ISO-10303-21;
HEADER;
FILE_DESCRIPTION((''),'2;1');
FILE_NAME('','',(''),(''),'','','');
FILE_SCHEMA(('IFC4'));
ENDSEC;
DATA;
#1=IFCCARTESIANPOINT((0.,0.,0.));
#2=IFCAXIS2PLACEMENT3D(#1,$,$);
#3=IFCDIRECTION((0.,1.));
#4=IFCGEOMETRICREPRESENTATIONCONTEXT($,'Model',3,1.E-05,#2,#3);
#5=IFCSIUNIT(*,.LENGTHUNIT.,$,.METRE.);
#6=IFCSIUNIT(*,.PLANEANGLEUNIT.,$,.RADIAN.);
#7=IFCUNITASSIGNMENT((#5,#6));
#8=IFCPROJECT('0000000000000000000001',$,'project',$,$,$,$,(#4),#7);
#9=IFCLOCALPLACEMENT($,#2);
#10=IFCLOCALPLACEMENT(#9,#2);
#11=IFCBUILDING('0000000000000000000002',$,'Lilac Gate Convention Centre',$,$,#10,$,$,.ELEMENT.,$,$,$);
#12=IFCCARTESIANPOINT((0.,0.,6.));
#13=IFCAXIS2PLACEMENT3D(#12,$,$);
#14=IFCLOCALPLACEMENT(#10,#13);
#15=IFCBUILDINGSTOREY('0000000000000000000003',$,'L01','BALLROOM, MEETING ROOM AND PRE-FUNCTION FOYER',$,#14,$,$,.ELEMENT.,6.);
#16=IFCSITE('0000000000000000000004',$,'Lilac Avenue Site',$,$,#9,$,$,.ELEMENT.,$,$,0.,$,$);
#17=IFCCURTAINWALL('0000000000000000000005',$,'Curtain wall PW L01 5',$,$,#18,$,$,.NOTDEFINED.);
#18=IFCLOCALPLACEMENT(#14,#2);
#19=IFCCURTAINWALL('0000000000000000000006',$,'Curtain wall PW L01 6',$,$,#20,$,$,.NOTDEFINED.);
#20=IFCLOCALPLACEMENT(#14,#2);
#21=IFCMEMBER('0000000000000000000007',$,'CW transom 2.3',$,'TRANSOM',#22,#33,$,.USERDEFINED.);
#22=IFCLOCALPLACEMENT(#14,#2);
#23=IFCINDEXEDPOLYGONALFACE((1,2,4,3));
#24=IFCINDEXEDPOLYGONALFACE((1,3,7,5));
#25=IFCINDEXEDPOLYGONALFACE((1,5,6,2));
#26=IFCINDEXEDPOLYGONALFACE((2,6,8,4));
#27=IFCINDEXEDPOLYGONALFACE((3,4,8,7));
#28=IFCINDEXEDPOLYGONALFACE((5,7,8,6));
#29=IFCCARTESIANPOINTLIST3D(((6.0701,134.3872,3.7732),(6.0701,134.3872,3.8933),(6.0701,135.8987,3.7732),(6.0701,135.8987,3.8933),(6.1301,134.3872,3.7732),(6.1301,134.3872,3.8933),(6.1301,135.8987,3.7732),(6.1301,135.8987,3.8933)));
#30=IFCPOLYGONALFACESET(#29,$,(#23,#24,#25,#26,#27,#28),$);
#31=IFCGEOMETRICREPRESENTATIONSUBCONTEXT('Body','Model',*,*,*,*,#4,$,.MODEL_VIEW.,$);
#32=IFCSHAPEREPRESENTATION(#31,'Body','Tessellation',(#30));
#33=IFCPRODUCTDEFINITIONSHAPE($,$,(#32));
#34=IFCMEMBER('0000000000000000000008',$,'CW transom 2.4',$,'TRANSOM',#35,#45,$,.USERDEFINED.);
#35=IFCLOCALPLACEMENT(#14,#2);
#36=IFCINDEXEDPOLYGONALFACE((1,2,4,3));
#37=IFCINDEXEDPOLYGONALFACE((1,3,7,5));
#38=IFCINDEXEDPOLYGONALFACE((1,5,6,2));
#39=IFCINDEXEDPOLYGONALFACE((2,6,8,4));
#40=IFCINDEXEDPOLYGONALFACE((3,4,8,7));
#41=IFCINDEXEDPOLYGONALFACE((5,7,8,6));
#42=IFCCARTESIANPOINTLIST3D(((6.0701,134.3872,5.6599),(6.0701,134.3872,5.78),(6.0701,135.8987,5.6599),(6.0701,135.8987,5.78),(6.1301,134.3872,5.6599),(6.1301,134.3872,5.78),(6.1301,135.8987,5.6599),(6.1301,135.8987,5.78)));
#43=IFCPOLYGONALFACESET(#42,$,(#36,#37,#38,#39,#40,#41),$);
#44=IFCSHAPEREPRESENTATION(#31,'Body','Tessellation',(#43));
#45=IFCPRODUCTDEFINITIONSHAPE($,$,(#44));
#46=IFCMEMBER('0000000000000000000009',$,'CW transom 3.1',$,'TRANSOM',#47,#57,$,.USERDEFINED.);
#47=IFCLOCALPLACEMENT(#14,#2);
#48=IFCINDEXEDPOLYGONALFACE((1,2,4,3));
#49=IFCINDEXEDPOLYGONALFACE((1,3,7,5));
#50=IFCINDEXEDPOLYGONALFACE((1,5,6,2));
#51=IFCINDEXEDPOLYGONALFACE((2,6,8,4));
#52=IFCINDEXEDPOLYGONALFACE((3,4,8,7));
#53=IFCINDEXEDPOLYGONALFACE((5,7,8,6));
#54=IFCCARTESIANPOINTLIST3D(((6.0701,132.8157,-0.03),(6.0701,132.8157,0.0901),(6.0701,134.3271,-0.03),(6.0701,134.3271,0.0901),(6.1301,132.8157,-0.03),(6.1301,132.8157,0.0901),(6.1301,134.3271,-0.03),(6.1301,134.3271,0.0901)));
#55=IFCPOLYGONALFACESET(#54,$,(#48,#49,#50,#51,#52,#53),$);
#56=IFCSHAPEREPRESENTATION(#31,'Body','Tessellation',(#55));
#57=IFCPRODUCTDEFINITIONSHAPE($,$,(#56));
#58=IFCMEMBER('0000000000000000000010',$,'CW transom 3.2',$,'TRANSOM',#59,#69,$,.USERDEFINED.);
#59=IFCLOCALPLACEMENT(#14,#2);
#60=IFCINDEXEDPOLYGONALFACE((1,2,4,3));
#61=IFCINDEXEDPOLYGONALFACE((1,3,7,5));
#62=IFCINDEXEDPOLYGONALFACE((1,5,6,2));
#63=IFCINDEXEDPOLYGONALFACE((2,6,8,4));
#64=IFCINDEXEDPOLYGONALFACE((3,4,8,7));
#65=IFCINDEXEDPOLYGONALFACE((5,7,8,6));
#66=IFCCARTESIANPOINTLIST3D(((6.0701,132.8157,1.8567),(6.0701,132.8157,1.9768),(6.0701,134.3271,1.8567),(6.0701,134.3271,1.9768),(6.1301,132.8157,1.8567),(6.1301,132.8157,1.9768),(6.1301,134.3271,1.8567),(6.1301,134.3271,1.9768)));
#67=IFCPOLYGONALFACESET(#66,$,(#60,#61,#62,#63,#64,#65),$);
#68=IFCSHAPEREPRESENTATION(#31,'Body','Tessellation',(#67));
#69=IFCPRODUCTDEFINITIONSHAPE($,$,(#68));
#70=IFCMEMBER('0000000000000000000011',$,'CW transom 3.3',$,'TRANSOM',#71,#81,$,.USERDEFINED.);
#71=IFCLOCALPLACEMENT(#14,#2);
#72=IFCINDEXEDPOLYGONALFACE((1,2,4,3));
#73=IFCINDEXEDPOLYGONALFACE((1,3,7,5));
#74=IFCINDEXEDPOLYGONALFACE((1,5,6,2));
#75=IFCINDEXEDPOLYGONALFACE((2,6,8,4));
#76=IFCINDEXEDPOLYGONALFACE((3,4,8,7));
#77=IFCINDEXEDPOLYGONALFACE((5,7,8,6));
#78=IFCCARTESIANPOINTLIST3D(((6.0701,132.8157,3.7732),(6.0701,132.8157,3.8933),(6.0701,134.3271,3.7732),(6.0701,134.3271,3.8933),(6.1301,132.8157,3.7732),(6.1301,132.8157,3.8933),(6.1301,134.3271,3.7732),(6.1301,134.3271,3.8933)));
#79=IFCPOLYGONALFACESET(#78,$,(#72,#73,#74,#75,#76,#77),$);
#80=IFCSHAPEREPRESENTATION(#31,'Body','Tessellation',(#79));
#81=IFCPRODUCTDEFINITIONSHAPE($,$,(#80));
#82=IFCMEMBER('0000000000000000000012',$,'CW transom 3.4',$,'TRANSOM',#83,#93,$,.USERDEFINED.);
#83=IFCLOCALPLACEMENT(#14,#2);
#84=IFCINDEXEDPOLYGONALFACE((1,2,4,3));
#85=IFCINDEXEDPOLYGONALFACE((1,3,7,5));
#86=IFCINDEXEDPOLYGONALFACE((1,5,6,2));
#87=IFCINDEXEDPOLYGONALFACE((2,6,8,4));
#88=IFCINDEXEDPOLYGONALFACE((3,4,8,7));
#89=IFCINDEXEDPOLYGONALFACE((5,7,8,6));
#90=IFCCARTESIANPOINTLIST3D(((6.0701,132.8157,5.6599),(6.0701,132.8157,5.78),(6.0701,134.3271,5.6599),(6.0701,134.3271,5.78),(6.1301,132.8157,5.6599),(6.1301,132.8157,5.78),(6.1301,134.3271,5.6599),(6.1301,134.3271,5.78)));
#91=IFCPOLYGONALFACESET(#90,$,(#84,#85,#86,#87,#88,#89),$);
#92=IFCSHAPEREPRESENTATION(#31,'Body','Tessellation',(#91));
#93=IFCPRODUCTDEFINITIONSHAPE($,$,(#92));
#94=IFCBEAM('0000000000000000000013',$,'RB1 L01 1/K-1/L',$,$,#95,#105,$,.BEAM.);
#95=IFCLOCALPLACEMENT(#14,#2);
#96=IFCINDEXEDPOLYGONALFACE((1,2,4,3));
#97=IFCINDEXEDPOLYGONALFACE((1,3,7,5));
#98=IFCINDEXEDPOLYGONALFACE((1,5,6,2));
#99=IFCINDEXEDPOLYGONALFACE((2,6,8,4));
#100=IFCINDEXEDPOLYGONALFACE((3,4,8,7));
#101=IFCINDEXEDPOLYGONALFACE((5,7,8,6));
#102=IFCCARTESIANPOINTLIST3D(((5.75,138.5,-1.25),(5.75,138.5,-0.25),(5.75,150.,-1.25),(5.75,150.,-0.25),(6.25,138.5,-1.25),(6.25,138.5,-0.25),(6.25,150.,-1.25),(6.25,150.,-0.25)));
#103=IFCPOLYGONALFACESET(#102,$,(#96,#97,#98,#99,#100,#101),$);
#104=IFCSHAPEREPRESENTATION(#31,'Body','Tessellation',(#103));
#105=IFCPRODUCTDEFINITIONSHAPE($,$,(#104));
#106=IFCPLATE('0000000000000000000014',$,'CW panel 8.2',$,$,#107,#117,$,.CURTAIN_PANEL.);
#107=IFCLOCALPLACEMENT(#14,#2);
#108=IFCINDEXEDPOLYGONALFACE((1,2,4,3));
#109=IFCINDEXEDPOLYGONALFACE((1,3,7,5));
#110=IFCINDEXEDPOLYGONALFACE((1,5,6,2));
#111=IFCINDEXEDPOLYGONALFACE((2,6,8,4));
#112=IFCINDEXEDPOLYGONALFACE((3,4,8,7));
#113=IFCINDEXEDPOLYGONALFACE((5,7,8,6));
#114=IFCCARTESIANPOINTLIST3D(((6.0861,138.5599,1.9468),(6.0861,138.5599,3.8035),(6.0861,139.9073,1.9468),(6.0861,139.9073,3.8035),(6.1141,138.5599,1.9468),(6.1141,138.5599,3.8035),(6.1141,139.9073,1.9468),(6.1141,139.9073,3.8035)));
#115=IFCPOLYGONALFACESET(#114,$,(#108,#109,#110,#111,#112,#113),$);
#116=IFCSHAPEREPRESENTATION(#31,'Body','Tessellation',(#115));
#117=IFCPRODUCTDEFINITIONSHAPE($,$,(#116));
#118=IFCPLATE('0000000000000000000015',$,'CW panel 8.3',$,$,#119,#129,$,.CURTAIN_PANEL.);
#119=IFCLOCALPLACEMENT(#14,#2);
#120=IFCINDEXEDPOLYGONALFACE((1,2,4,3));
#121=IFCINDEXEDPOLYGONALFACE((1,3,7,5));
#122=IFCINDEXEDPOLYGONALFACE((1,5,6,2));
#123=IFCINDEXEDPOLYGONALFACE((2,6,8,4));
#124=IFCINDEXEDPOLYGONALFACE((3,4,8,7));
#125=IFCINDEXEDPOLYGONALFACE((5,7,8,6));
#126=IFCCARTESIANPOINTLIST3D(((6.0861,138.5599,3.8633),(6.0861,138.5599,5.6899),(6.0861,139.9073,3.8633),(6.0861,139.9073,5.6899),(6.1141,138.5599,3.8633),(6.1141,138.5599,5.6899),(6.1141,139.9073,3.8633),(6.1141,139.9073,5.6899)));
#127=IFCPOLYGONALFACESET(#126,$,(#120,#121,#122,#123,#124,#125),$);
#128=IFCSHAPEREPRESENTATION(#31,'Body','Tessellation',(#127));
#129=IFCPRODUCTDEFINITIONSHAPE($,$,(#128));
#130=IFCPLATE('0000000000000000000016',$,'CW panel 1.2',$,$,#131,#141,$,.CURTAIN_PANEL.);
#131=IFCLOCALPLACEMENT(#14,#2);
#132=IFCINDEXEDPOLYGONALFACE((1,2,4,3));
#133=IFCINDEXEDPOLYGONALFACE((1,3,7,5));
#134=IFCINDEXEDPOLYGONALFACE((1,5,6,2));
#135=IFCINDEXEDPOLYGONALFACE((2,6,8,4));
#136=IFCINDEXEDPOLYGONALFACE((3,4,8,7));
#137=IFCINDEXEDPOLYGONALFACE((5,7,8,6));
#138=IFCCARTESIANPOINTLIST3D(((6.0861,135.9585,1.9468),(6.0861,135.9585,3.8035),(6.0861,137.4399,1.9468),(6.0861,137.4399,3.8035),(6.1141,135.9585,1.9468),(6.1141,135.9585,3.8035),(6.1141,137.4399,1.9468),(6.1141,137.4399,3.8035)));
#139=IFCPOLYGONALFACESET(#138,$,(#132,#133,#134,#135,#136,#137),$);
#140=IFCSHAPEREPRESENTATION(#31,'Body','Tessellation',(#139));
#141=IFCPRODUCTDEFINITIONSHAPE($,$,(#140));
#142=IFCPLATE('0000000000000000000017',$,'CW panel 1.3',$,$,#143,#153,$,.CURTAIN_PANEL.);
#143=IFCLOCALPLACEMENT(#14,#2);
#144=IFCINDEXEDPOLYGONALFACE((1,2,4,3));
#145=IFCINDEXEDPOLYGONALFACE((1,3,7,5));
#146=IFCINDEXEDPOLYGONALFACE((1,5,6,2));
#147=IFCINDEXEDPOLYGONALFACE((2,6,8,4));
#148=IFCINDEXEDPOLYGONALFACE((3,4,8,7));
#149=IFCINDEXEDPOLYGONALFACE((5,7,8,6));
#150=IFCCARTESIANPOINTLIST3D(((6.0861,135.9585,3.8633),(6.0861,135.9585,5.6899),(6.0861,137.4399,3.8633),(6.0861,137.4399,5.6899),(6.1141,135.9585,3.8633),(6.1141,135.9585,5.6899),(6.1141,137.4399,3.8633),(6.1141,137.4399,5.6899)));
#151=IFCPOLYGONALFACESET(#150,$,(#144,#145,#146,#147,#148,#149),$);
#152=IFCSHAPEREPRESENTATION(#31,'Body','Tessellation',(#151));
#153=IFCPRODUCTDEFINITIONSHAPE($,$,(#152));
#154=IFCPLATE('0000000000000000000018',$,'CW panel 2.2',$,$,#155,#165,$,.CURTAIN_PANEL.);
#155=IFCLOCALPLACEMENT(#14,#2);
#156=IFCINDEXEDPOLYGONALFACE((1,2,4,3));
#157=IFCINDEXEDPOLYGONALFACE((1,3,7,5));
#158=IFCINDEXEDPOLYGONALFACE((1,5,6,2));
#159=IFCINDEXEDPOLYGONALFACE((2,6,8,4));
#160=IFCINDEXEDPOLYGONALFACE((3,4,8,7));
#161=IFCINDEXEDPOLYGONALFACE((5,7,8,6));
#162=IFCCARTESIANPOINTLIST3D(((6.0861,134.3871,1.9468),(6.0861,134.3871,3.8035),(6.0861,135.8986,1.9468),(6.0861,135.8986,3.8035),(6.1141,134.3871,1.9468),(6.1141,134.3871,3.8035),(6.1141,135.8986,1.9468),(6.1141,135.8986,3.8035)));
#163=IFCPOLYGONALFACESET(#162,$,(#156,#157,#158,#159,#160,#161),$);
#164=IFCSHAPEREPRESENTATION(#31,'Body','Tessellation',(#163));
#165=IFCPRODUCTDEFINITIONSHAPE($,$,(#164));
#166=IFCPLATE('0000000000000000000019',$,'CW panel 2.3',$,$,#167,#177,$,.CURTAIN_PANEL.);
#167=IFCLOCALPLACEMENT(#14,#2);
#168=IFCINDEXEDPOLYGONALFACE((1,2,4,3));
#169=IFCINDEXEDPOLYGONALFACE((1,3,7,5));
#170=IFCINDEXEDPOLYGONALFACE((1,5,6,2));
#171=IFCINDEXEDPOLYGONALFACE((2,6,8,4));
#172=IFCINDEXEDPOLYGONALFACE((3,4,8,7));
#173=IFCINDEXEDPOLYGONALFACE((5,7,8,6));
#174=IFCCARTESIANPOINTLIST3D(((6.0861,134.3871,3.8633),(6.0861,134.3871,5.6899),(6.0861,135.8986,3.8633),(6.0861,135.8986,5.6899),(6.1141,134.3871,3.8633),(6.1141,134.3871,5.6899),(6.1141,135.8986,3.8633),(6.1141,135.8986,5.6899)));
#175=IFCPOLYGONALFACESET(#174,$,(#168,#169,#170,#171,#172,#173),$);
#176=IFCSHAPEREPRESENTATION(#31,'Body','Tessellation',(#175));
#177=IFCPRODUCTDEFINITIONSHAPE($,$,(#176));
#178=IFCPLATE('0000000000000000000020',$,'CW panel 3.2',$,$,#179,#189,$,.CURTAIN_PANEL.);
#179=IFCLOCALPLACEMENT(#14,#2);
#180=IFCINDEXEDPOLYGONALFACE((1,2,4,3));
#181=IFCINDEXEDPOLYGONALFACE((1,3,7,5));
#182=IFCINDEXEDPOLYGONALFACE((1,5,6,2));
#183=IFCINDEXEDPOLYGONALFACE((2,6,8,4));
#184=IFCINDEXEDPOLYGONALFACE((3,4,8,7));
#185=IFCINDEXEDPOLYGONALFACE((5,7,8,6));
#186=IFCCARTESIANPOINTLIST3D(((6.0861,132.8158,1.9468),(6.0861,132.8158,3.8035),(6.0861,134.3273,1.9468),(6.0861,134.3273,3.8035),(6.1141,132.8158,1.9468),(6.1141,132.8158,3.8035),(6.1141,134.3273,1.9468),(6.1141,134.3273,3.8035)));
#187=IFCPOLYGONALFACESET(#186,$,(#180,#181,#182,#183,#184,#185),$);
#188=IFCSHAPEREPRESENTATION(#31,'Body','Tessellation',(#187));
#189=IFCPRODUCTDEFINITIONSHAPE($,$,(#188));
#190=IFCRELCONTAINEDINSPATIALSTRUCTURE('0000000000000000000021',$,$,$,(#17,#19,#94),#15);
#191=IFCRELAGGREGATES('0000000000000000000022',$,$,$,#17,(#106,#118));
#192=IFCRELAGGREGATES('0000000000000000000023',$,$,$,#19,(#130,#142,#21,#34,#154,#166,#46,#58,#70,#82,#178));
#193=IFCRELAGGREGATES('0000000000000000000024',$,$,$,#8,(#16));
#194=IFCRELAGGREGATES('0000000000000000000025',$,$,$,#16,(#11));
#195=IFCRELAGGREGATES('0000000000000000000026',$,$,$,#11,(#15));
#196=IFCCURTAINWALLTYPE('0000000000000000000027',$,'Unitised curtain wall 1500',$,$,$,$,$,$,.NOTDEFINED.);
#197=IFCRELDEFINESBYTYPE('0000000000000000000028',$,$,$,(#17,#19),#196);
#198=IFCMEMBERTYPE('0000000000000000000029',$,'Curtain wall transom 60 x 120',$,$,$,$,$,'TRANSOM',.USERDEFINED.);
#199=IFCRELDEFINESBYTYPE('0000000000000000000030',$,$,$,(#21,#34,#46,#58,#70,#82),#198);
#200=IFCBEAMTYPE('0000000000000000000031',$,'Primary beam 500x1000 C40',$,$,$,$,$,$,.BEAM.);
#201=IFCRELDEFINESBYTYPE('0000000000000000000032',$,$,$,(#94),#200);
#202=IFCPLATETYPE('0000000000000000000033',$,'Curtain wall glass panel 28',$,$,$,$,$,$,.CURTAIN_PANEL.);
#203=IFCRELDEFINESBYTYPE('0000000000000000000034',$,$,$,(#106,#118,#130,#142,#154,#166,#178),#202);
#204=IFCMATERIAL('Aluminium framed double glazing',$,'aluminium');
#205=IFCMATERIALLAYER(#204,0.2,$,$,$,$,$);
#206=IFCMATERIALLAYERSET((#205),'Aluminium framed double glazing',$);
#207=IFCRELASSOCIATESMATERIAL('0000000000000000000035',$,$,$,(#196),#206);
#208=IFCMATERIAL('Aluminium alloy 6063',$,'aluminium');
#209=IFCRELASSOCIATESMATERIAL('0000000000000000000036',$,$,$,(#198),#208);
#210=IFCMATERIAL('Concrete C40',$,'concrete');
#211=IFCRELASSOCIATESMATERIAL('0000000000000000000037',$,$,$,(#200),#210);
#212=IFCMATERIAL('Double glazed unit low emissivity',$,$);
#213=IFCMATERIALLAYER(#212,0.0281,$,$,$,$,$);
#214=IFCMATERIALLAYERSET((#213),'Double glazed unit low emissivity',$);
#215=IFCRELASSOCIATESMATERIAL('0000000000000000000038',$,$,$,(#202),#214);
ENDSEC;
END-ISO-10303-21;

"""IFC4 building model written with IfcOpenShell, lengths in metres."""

from ifc_helpers import new_model, si_unit, direction, frame, origin, origin_2d, place, context, subcontext, project, spatial, rectangle, extrude, material, layer, layer_set, material_profile, profile_set, type_object, element, aggregate, save


model = new_model("IFC4")

# Units and contexts
model_context = context("Model", 3, precision=1e-05, world=origin(), true_north=direction((0.0, 1.0)))
body_context = subcontext(model_context, "Body", "Model", "MODEL_VIEW")
ifc_project = project(units=[si_unit("LENGTHUNIT", "METRE"), si_unit("PLANEANGLEUNIT", "RADIAN")], contexts=[model_context])

# Site, building, storey
site_placement = place(None, origin())
site = spatial("IfcSite", under=ifc_project, at=site_placement, Name="Lilac Avenue Site", CompositionType="ELEMENT", RefElevation=0.0)
building_placement = place(site_placement, origin())
building = spatial("IfcBuilding", under=site, at=building_placement, Name="Lilac Gate Convention Centre", CompositionType="ELEMENT")
storey_placement = place(building_placement, frame((0.0, 0.0, 6.0)))
storey = spatial("IfcBuildingStorey", under=building, at=storey_placement, Name="L01", Description="BALLROOM, MEETING ROOM AND PRE-FUNCTION FOYER", CompositionType="ELEMENT", Elevation=6.0)

# Shared definitions
ifc_material_1 = material(Name="Concrete C40", Category="concrete")

# Curtain wall
ifc_material_2 = material(Name="Aluminium framed double glazing", Category="aluminium")
ifc_layer_1 = layer(ifc_material_2, 0.2)
ifc_layer_set_1 = layer_set([ifc_layer_1], Name="Aluminium framed double glazing")
curtain_wall_type = type_object("IfcCurtainWallType", Name="Unitised curtain wall 1500", PredefinedType="NOTDEFINED", material=ifc_layer_set_1)
curtain_wall_1_placement = place(storey_placement, origin())
curtain_wall_1 = element("IfcCurtainWall", 1, at=curtain_wall_1_placement, inside=storey, type_object=curtain_wall_type, Name="Curtain wall PW L01 5", PredefinedType="NOTDEFINED")
ifc_material_3 = material(Name="Aluminium alloy 6063", Category="aluminium")

# Curtain wall
curtain_wall_2_placement = place(storey_placement, origin())
curtain_wall_2 = element("IfcCurtainWall", 2, at=curtain_wall_2_placement, inside=storey, type_object=curtain_wall_type, Name="Curtain wall PW L01 6", PredefinedType="NOTDEFINED")

# Members
ifc_material_profile_1 = material_profile(ifc_material_3, rectangle(XDim=0.0601, YDim=0.1201, at=origin_2d()), Name="Curtain wall transom 60 x 120")
ifc_profile_set_1 = profile_set([ifc_material_profile_1], Name="Aluminium alloy 6063")
member_type_1 = type_object("IfcMemberType", Name="Curtain wall transom 60 x 120", ElementType="TRANSOM", PredefinedType="USERDEFINED", material=ifc_profile_set_1)
member_1_placement = place(storey_placement, frame((6.1001, 135.8987, 3.8333), z_axis=(0.0, -1.0, 0.0), x_axis=(1.0, 0.0, 0.0)))
member_1 = element("IfcMember", 3, at=member_1_placement, type_object=member_type_1, Name="CW transom 2.3", ObjectType="TRANSOM", PredefinedType="USERDEFINED", context=body_context, shape_type="SweptSolid", body=[
    extrude(rectangle(XDim=0.0601, YDim=0.1201, at=origin_2d()), origin(), (0.0, 0.0, 1.0), 1.5115),
])
member_2_placement = place(storey_placement, frame((6.1001, 135.8987, 5.72), z_axis=(0.0, -1.0, 0.0), x_axis=(1.0, 0.0, 0.0)))
member_2 = element("IfcMember", 4, at=member_2_placement, type_object=member_type_1, Name="CW transom 2.4", ObjectType="TRANSOM", PredefinedType="USERDEFINED", context=body_context, shape_type="SweptSolid", body=[
    extrude(rectangle(XDim=0.0601, YDim=0.1201, at=origin_2d()), origin(), (0.0, 0.0, 1.0), 1.5115),
])
member_3_placement = place(storey_placement, frame((6.1001, 134.3271, 0.03), z_axis=(0.0, -1.0, 0.0), x_axis=(1.0, 0.0, 0.0)))
member_3 = element("IfcMember", 5, at=member_3_placement, type_object=member_type_1, Name="CW transom 3.1", ObjectType="TRANSOM", PredefinedType="USERDEFINED", context=body_context, shape_type="SweptSolid", body=[
    extrude(rectangle(XDim=0.0601, YDim=0.1201, at=origin_2d()), origin(), (0.0, 0.0, 1.0), 1.5115),
])
member_4_placement = place(storey_placement, frame((6.1001, 134.3271, 1.9167), z_axis=(0.0, -1.0, 0.0), x_axis=(1.0, 0.0, 0.0)))
member_4 = element("IfcMember", 6, at=member_4_placement, type_object=member_type_1, Name="CW transom 3.2", ObjectType="TRANSOM", PredefinedType="USERDEFINED", context=body_context, shape_type="SweptSolid", body=[
    extrude(rectangle(XDim=0.0601, YDim=0.1201, at=origin_2d()), origin(), (0.0, 0.0, 1.0), 1.5115),
])
member_5_placement = place(storey_placement, frame((6.1001, 134.3271, 3.8333), z_axis=(0.0, -1.0, 0.0), x_axis=(1.0, 0.0, 0.0)))
member_5 = element("IfcMember", 7, at=member_5_placement, type_object=member_type_1, Name="CW transom 3.3", ObjectType="TRANSOM", PredefinedType="USERDEFINED", context=body_context, shape_type="SweptSolid", body=[
    extrude(rectangle(XDim=0.0601, YDim=0.1201, at=origin_2d()), origin(), (0.0, 0.0, 1.0), 1.5115),
])
member_6_placement = place(storey_placement, frame((6.1001, 134.3271, 5.72), z_axis=(0.0, -1.0, 0.0), x_axis=(1.0, 0.0, 0.0)))
member_6 = element("IfcMember", 8, at=member_6_placement, type_object=member_type_1, Name="CW transom 3.4", ObjectType="TRANSOM", PredefinedType="USERDEFINED", context=body_context, shape_type="SweptSolid", body=[
    extrude(rectangle(XDim=0.0601, YDim=0.1201, at=origin_2d()), origin(), (0.0, 0.0, 1.0), 1.5115),
])

# Beam
ifc_material_profile_2 = material_profile(ifc_material_1, rectangle(XDim=0.5, YDim=1.0, at=origin_2d()), Name="RC 500x1000")
ifc_profile_set_2 = profile_set([ifc_material_profile_2], Name="Concrete C40")
beam_type = type_object("IfcBeamType", Name="Primary beam 500x1000 C40", PredefinedType="BEAM", material=ifc_profile_set_2)
beam_placement = place(storey_placement, frame((6.0, 138.5, -0.75), z_axis=(0.0, 1.0, 0.0), x_axis=(-1.0, 0.0, 0.0)))
element("IfcBeam", 9, at=beam_placement, inside=storey, type_object=beam_type, Name="RB1 L01 1/K-1/L", PredefinedType="BEAM", context=body_context, shape_type="SweptSolid", body=[
    extrude(rectangle(XDim=0.5, YDim=1.0, at=origin_2d()), origin(), (0.0, 0.0, 1.0), 11.5),
])

# Plates
ifc_material_4 = material(Name="Double glazed unit low emissivity")
ifc_layer_2 = layer(ifc_material_4, 0.0281)
ifc_layer_set_2 = layer_set([ifc_layer_2], Name="Double glazed unit low emissivity")
plate_type_1 = type_object("IfcPlateType", Name="Curtain wall glass panel 28", PredefinedType="CURTAIN_PANEL", material=ifc_layer_set_2)
plate_1_placement = place(storey_placement, frame((6.1001, 139.2336, 1.9468), z_axis=(0.0, 0.0, 1.0), x_axis=(0.0, -1.0, 0.0)))
plate_1 = element("IfcPlate", 10, at=plate_1_placement, type_object=plate_type_1, Name="CW panel 8.2", PredefinedType="CURTAIN_PANEL", context=body_context, shape_type="SweptSolid", body=[
    extrude(rectangle(XDim=1.3474, YDim=0.0281, at=origin_2d()), origin(), (0.0, 0.0, 1.0), 1.8567),
])
plate_2_placement = place(storey_placement, frame((6.1001, 139.2336, 3.8633), z_axis=(0.0, 0.0, 1.0), x_axis=(0.0, -1.0, 0.0)))
plate_2 = element("IfcPlate", 11, at=plate_2_placement, type_object=plate_type_1, Name="CW panel 8.3", PredefinedType="CURTAIN_PANEL", context=body_context, shape_type="SweptSolid", body=[
    extrude(rectangle(XDim=1.3474, YDim=0.0281, at=origin_2d()), origin(), (0.0, 0.0, 1.0), 1.8267),
])
plate_3_placement = place(storey_placement, frame((6.1001, 136.6992, 1.9468), z_axis=(0.0, 0.0, 1.0), x_axis=(0.0, -1.0, 0.0)))
plate_3 = element("IfcPlate", 12, at=plate_3_placement, type_object=plate_type_1, Name="CW panel 1.2", PredefinedType="CURTAIN_PANEL", context=body_context, shape_type="SweptSolid", body=[
    extrude(rectangle(XDim=1.4814, YDim=0.0281, at=origin_2d()), origin(), (0.0, 0.0, 1.0), 1.8567),
])
plate_4_placement = place(storey_placement, frame((6.1001, 136.6992, 3.8633), z_axis=(0.0, 0.0, 1.0), x_axis=(0.0, -1.0, 0.0)))
plate_4 = element("IfcPlate", 13, at=plate_4_placement, type_object=plate_type_1, Name="CW panel 1.3", PredefinedType="CURTAIN_PANEL", context=body_context, shape_type="SweptSolid", body=[
    extrude(rectangle(XDim=1.4814, YDim=0.0281, at=origin_2d()), origin(), (0.0, 0.0, 1.0), 1.8267),
])
plate_5_placement = place(storey_placement, frame((6.1001, 135.1428, 1.9468), z_axis=(0.0, 0.0, 1.0), x_axis=(0.0, -1.0, 0.0)))
plate_5 = element("IfcPlate", 14, at=plate_5_placement, type_object=plate_type_1, Name="CW panel 2.2", PredefinedType="CURTAIN_PANEL", context=body_context, shape_type="SweptSolid", body=[
    extrude(rectangle(XDim=1.5115, YDim=0.0281, at=origin_2d()), origin(), (0.0, 0.0, 1.0), 1.8567),
])
plate_6_placement = place(storey_placement, frame((6.1001, 135.1428, 3.8633), z_axis=(0.0, 0.0, 1.0), x_axis=(0.0, -1.0, 0.0)))
plate_6 = element("IfcPlate", 15, at=plate_6_placement, type_object=plate_type_1, Name="CW panel 2.3", PredefinedType="CURTAIN_PANEL", context=body_context, shape_type="SweptSolid", body=[
    extrude(rectangle(XDim=1.5115, YDim=0.0281, at=origin_2d()), origin(), (0.0, 0.0, 1.0), 1.8267),
])
plate_7_placement = place(storey_placement, frame((6.1001, 133.5715, 1.9468), z_axis=(0.0, 0.0, 1.0), x_axis=(0.0, -1.0, 0.0)))
plate_7 = element("IfcPlate", 16, at=plate_7_placement, type_object=plate_type_1, Name="CW panel 3.2", PredefinedType="CURTAIN_PANEL", context=body_context, shape_type="SweptSolid", body=[
    extrude(rectangle(XDim=1.5115, YDim=0.0281, at=origin_2d()), origin(), (0.0, 0.0, 1.0), 1.8567),
])
aggregate(curtain_wall_1, [plate_1, plate_2])
aggregate(curtain_wall_2, [plate_3, plate_4, member_1, member_2, plate_5, plate_6, member_3, member_4, member_5, member_6, plate_7])

save(model, "model.ifc")
